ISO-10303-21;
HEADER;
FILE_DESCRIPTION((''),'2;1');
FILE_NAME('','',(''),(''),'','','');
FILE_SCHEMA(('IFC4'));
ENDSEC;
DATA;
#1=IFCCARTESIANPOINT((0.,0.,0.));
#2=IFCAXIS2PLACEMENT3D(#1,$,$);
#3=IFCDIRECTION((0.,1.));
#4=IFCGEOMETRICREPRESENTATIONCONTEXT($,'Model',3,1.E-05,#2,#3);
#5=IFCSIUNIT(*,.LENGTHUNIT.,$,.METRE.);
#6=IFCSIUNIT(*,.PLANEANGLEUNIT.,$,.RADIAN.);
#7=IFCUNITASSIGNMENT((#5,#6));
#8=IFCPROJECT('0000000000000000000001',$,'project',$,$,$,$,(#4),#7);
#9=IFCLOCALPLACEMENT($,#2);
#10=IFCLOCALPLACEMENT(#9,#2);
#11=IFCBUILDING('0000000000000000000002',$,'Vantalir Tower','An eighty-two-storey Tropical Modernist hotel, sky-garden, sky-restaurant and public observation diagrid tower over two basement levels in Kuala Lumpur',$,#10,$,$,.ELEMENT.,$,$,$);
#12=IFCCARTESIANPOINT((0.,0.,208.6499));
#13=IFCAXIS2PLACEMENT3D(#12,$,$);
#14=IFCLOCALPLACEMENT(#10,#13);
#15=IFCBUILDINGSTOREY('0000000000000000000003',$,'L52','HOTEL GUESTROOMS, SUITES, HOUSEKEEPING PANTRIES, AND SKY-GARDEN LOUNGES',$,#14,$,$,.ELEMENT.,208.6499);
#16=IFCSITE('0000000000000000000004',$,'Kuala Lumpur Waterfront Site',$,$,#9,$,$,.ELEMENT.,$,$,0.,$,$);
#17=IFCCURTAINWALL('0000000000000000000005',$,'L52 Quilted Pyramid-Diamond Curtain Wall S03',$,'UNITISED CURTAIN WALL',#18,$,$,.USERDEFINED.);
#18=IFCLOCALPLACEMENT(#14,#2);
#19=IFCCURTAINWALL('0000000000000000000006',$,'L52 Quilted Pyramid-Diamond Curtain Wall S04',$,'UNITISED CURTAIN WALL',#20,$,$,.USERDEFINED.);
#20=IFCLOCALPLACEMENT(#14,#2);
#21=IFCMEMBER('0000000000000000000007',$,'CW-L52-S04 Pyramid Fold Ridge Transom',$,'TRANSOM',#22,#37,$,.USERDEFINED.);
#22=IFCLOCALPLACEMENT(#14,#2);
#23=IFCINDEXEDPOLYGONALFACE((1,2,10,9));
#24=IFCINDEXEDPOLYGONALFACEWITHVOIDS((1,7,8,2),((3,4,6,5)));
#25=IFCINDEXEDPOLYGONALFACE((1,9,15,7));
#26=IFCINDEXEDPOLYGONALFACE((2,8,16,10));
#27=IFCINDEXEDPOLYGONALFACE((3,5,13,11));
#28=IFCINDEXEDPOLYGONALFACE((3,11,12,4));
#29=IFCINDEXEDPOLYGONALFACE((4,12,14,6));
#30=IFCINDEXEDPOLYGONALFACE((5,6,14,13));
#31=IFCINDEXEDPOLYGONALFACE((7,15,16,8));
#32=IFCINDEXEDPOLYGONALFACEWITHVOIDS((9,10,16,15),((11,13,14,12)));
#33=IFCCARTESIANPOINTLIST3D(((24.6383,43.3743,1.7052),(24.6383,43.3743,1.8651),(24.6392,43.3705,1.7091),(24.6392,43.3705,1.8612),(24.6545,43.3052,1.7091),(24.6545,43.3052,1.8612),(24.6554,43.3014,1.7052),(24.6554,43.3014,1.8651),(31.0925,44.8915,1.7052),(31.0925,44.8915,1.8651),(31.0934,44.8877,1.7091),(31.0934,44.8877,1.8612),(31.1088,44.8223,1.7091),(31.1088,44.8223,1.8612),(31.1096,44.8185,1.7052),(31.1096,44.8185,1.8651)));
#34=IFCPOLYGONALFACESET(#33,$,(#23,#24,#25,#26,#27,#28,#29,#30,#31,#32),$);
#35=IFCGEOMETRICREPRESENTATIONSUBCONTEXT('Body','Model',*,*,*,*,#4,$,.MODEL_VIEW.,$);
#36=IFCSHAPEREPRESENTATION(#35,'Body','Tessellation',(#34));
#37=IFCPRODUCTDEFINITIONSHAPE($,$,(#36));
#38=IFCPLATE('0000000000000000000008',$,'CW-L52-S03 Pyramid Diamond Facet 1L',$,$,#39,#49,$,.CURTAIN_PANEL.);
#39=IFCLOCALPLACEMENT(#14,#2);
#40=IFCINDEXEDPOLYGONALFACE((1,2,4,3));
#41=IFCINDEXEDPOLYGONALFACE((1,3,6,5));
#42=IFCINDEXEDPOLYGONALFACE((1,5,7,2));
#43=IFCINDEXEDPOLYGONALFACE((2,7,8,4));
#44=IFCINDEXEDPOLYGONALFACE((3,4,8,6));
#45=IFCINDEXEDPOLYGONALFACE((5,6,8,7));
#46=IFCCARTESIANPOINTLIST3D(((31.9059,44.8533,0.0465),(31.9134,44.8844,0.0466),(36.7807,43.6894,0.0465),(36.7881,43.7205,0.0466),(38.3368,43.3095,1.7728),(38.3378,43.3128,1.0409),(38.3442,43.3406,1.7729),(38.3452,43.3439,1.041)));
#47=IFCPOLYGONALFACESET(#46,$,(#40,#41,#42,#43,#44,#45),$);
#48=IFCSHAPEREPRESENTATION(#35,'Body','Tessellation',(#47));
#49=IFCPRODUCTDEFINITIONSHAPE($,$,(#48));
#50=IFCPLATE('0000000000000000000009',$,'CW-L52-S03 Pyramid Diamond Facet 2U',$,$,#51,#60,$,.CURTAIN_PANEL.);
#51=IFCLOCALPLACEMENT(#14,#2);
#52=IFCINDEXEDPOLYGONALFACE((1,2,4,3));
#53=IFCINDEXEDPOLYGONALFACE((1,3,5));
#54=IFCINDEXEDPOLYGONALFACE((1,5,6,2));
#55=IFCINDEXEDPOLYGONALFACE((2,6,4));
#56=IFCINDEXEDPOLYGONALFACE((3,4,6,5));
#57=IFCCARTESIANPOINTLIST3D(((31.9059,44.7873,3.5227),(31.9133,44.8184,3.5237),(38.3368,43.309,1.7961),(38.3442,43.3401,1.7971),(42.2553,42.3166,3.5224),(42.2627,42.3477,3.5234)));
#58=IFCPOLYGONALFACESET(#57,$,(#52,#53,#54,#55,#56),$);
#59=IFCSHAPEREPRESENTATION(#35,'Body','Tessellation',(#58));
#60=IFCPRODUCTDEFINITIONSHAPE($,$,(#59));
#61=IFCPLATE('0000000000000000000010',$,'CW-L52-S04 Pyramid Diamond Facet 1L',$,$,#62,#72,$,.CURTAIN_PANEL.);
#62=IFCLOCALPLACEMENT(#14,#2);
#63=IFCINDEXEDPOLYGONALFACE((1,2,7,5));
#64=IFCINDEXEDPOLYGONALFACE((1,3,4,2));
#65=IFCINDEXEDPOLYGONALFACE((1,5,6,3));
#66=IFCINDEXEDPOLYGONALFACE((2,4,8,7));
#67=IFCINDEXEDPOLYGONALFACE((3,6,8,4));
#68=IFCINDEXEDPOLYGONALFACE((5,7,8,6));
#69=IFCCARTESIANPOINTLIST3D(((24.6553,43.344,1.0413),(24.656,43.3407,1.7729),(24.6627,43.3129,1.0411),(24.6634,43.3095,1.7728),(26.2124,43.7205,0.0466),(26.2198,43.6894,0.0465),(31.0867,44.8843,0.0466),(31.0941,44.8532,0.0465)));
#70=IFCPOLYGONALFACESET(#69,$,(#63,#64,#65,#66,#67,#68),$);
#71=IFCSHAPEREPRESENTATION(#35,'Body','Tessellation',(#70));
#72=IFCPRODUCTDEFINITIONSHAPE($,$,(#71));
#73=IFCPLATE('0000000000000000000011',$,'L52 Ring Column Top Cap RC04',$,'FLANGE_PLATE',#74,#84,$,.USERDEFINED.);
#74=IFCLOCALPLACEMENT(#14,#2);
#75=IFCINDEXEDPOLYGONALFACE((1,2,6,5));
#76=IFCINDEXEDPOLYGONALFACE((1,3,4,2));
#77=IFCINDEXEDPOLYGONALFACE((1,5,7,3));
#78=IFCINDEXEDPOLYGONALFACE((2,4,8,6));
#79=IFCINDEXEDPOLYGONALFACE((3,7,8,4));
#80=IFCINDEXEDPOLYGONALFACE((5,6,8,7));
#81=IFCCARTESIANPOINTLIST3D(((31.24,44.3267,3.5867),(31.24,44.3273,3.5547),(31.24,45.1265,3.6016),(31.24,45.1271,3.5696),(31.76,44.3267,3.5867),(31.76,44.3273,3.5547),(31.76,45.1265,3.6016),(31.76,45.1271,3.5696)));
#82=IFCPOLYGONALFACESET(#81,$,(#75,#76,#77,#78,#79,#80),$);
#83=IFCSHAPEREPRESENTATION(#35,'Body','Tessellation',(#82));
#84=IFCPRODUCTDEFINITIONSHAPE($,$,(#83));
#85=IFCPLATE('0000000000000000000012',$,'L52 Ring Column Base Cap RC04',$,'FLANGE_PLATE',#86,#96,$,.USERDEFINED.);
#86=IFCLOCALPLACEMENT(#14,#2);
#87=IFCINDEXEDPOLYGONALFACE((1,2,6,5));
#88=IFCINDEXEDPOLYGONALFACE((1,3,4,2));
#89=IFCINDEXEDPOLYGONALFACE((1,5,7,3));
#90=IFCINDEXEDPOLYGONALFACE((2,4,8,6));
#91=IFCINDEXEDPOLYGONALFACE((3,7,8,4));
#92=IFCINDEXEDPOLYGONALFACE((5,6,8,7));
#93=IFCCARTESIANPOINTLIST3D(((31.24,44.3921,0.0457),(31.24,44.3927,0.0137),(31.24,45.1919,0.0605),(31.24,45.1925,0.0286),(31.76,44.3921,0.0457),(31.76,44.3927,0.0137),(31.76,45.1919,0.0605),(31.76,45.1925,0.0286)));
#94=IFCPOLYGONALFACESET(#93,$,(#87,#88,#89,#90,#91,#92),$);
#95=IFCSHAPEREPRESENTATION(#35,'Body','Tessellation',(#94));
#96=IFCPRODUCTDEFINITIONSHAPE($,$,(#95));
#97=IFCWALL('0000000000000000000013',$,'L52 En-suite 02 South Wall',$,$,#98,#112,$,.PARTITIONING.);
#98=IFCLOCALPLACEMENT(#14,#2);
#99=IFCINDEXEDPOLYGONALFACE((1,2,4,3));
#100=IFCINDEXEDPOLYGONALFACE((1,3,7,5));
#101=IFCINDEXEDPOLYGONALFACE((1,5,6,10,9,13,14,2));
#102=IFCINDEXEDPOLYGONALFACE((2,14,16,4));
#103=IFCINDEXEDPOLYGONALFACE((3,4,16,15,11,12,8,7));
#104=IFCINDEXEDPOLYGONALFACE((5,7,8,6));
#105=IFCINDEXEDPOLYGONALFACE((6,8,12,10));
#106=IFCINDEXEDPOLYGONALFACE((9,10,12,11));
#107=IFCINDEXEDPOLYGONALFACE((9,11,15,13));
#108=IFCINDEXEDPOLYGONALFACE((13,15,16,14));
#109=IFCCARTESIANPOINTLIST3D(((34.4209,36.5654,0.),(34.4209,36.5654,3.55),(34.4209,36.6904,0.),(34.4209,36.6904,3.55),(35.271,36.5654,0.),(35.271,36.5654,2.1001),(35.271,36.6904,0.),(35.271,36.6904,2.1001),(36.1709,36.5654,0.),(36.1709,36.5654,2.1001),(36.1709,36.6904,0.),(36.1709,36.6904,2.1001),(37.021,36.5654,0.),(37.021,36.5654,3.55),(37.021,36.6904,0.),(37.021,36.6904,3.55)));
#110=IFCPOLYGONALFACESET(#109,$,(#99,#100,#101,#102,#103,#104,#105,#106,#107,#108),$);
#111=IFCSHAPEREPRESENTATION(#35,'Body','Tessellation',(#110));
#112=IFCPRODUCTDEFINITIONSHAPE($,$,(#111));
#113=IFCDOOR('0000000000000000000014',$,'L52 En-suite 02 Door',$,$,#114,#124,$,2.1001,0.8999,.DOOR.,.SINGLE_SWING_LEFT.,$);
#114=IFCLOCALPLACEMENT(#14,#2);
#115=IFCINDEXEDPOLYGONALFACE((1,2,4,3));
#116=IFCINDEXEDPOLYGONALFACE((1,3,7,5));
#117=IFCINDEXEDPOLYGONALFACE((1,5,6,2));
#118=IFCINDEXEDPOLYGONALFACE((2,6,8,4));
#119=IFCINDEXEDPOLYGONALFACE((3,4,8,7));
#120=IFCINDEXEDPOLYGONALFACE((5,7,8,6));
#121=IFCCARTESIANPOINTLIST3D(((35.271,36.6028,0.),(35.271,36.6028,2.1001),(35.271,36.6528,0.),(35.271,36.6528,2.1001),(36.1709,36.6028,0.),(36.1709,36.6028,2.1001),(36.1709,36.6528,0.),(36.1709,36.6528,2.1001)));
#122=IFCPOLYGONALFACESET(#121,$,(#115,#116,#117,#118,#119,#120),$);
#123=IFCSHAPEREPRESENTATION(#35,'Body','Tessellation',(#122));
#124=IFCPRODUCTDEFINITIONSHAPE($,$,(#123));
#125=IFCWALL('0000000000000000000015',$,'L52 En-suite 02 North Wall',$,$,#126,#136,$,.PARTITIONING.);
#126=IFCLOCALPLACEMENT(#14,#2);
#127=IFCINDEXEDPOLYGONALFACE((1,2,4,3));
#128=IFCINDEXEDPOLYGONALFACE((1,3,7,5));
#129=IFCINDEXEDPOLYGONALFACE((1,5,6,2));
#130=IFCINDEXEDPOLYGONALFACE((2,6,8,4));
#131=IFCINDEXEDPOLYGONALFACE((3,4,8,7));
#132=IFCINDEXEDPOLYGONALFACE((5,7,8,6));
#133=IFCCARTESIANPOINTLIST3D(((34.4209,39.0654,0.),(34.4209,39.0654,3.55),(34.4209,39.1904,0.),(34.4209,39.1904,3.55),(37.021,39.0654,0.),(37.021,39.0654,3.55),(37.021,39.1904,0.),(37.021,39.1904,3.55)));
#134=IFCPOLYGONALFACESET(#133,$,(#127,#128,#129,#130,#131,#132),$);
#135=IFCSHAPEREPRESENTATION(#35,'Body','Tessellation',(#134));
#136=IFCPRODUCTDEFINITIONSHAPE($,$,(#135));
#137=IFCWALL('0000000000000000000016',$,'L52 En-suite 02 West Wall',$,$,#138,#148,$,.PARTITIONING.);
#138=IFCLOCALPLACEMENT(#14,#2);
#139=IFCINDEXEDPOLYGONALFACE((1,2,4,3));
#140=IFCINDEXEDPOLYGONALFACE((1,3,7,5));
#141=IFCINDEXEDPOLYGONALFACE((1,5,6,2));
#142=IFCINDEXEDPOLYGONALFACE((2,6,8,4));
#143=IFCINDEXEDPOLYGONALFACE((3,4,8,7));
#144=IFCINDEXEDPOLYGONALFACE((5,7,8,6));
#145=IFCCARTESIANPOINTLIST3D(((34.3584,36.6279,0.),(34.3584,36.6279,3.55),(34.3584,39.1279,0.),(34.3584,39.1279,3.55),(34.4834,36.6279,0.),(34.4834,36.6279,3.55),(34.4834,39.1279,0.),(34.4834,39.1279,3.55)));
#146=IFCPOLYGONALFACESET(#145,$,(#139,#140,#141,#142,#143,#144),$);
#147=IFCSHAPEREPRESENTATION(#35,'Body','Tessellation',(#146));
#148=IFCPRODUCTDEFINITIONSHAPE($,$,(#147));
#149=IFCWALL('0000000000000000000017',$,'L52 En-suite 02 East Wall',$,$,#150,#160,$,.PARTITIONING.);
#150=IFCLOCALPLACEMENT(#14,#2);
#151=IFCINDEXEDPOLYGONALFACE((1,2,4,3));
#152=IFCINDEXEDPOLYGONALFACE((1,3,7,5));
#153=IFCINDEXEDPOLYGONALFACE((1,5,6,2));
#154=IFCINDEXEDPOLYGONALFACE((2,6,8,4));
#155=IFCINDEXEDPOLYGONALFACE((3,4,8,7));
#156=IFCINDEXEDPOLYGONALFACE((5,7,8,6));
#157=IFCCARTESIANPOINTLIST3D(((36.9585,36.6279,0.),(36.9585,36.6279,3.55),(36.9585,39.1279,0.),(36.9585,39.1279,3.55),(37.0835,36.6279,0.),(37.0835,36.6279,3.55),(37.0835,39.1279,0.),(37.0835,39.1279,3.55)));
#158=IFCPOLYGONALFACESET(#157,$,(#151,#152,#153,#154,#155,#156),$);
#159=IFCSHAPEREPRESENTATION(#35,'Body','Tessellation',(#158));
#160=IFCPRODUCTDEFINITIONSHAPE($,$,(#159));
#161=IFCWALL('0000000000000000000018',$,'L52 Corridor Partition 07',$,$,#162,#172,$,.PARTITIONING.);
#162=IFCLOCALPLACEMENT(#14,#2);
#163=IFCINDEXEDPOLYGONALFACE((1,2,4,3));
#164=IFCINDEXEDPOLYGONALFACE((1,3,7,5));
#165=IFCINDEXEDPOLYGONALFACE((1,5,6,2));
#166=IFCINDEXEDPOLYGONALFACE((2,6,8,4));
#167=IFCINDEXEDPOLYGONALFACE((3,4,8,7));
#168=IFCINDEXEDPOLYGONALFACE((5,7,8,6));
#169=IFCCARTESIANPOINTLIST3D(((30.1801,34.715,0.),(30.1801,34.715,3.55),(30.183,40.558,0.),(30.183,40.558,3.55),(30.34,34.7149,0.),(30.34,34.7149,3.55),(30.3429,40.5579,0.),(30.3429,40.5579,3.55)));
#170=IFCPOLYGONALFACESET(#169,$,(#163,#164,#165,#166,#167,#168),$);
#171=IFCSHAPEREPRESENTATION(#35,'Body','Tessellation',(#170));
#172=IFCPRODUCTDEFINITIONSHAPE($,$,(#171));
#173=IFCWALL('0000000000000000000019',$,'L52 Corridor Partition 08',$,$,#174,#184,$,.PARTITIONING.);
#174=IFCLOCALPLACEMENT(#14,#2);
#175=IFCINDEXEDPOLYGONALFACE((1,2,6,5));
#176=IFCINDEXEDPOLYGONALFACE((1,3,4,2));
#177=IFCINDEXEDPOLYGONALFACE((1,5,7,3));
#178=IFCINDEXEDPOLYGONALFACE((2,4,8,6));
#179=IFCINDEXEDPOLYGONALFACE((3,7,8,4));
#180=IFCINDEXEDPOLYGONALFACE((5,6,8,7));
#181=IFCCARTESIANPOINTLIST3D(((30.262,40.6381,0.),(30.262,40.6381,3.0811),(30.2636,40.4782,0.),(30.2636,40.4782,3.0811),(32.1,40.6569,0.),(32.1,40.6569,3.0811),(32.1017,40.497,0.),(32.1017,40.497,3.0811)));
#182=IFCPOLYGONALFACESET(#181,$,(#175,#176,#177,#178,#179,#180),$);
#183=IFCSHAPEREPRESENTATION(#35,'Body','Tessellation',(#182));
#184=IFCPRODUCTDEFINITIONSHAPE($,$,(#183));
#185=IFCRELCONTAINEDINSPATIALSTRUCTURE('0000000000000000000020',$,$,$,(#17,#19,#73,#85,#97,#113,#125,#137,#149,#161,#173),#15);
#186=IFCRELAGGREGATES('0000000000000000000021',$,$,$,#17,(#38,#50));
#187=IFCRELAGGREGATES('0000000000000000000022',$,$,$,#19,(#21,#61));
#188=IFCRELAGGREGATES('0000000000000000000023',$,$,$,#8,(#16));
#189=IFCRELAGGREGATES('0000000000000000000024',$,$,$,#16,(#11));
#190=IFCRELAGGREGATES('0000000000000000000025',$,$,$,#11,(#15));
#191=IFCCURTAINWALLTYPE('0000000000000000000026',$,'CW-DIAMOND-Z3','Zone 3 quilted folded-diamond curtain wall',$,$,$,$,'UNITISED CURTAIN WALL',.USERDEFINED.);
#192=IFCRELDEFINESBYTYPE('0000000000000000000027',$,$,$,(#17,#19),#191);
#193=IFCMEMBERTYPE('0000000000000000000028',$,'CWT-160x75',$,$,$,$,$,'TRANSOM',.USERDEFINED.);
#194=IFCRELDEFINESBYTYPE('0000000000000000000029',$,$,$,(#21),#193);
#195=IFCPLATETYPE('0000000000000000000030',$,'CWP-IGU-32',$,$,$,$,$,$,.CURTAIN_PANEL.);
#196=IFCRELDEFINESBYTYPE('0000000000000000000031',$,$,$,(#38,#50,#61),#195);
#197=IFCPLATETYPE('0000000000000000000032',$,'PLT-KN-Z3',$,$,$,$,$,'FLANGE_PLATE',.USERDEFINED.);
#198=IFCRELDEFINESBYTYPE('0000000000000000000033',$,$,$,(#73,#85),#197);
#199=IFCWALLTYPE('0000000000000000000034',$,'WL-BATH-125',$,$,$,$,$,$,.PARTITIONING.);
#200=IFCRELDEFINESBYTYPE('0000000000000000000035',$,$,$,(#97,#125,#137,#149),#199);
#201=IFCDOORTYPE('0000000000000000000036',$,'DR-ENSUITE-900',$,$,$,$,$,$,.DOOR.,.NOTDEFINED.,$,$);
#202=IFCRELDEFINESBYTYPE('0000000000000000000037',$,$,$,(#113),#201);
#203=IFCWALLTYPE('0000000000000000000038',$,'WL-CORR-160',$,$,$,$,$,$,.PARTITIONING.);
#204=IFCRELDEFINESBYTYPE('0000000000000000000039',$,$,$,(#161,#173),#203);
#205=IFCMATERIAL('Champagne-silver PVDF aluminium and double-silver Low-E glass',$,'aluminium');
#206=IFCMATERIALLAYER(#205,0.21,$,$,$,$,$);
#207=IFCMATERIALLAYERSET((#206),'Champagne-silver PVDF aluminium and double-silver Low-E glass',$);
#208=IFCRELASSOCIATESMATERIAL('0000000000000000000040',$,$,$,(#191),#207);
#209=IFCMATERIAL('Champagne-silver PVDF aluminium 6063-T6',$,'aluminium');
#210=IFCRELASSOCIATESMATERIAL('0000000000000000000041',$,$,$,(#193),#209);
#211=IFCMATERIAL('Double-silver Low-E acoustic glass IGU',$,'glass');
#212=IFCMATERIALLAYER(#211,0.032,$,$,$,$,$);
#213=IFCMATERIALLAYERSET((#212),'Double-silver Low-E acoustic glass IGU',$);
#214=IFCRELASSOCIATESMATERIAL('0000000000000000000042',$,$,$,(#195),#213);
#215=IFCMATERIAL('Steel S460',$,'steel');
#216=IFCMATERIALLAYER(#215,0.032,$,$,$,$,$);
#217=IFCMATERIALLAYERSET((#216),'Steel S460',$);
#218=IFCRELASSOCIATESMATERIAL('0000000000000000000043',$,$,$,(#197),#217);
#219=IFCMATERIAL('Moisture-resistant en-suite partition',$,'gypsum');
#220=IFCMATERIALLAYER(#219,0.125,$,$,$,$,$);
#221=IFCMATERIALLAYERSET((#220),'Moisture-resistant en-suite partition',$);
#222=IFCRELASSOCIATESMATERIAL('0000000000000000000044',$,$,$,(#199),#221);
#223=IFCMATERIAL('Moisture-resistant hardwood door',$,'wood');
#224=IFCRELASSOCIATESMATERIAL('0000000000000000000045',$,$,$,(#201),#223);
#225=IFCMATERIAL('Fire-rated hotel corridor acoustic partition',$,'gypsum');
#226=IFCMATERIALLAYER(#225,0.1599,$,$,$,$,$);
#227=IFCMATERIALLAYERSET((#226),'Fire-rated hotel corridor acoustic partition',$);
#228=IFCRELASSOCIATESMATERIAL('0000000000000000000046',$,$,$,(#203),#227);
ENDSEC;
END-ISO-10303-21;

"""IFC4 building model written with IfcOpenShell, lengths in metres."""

from ifc_helpers import new_model, si_unit, direction, frame, frame_2d, origin, origin_2d, place, context, subcontext, project, spatial, polyline, rectangle, hollow_rectangle, outline, extrude, material, layer, layer_set, material_profile, profile_set, type_object, element, fill, aggregate, save


model = new_model("IFC4")

# Units and contexts
model_context = context("Model", 3, precision=1e-05, world=origin(), true_north=direction((0.0, 1.0)))
body_context = subcontext(model_context, "Body", "Model", "MODEL_VIEW")
ifc_project = project(units=[si_unit("LENGTHUNIT", "METRE"), si_unit("PLANEANGLEUNIT", "RADIAN")], contexts=[model_context])

# Site, building, storey
site_placement = place(None, origin())
site = spatial("IfcSite", under=ifc_project, at=site_placement, Name="Kuala Lumpur Waterfront Site", CompositionType="ELEMENT", RefElevation=0.0)
building_placement = place(site_placement, origin())
building = spatial("IfcBuilding", under=site, at=building_placement, Name="Vantalir Tower", Description="An eighty-two-storey Tropical Modernist hotel, sky-garden, sky-restaurant and public observation diagrid tower over two basement levels in Kuala Lumpur", CompositionType="ELEMENT")
storey_placement = place(building_placement, frame((0.0, 0.0, 208.6499)))
storey = spatial("IfcBuildingStorey", under=building, at=storey_placement, Name="L52", Description="HOTEL GUESTROOMS, SUITES, HOUSEKEEPING PANTRIES, AND SKY-GARDEN LOUNGES", CompositionType="ELEMENT", Elevation=208.6499)

# Shared definitions
ifc_material_1 = material(Name="Steel S460", Category="steel")

# Curtain wall
ifc_material_2 = material(Name="Champagne-silver PVDF aluminium and double-silver Low-E glass", Category="aluminium")
ifc_layer_1 = layer(ifc_material_2, 0.21)
ifc_layer_set_1 = layer_set([ifc_layer_1], Name="Champagne-silver PVDF aluminium and double-silver Low-E glass")
curtain_wall_type = type_object("IfcCurtainWallType", Name="CW-DIAMOND-Z3", Description="Zone 3 quilted folded-diamond curtain wall", ElementType="UNITISED CURTAIN WALL", PredefinedType="USERDEFINED", material=ifc_layer_set_1)
curtain_wall_1_placement = place(storey_placement, origin())
curtain_wall_1 = element("IfcCurtainWall", 1, at=curtain_wall_1_placement, inside=storey, type_object=curtain_wall_type, Name="L52 Quilted Pyramid-Diamond Curtain Wall S03", ObjectType="UNITISED CURTAIN WALL", PredefinedType="USERDEFINED")
ifc_material_3 = material(Name="Champagne-silver PVDF aluminium 6063-T6", Category="aluminium")

# Curtain wall, member
curtain_wall_2_placement = place(storey_placement, origin())
curtain_wall_2 = element("IfcCurtainWall", 2, at=curtain_wall_2_placement, inside=storey, type_object=curtain_wall_type, Name="L52 Quilted Pyramid-Diamond Curtain Wall S04", ObjectType="UNITISED CURTAIN WALL", PredefinedType="USERDEFINED")
ifc_material_profile_1 = material_profile(ifc_material_3, hollow_rectangle(XDim=0.075, YDim=0.1599, WallThickness=0.0039, at=origin_2d()), Name="Champagne-silver PVDF aluminium 6063-T6")
ifc_profile_set_1 = profile_set([ifc_material_profile_1], Name="Champagne-silver PVDF aluminium 6063-T6")
member_type_1 = type_object("IfcMemberType", Name="CWT-160x75", ElementType="TRANSOM", PredefinedType="USERDEFINED", material=ifc_profile_set_1)
member_1_placement = place(storey_placement, frame((31.1011, 44.855, 1.7852), z_axis=(-0.973468, -0.228822, 0.0), x_axis=(0.228822, -0.973468, 0.0)))
member_1 = element("IfcMember", 3, at=member_1_placement, type_object=member_type_1, Name="CW-L52-S04 Pyramid Fold Ridge Transom", ObjectType="TRANSOM", PredefinedType="USERDEFINED", context=body_context, shape_type="SweptSolid", body=[
    extrude(hollow_rectangle(XDim=0.075, YDim=0.1599, WallThickness=0.0039, at=origin_2d()), origin(), (0.0, 0.0, 1.0), 6.6301),
])

# Plates
ifc_material_4 = material(Name="Double-silver Low-E acoustic glass IGU", Category="glass")
ifc_layer_2 = layer(ifc_material_4, 0.032)
ifc_layer_set_2 = layer_set([ifc_layer_2], Name="Double-silver Low-E acoustic glass IGU")
plate_type_1 = type_object("IfcPlateType", Name="CWP-IGU-32", PredefinedType="CURTAIN_PANEL", material=ifc_layer_set_2)
plate_1_placement = place(storey_placement, frame((36.7881, 43.7205, 0.0466), z_axis=(0.232238, 0.972648, 0.004689), x_axis=(-0.972658, 0.232241, 0.0)))
plate_1 = element("IfcPlate", 4, at=plate_1_placement, type_object=plate_type_1, Name="CW-L52-S03 Pyramid Diamond Facet 1L", PredefinedType="CURTAIN_PANEL", context=body_context, shape_type="SweptSolid", body=[
    extrude(outline(polyline([(0.0, 0.0), (5.0118, 0.0), (-1.6018, 1.7263), (-1.602, 0.9944), (0.0, 0.0)])), origin(), (0.0, 0.0, -1.0), 0.032),
])
plate_2_placement = place(storey_placement, frame((31.9133, 44.8184, 3.5237), z_axis=(0.232086, 0.972166, 0.032086), x_axis=(0.972667, -0.232205, -0.000023)))
plate_2 = element("IfcPlate", 5, at=plate_2_placement, type_object=plate_type_1, Name="CW-L52-S03 Pyramid Diamond Facet 2U", PredefinedType="CURTAIN_PANEL", context=body_context, shape_type="SweptSolid", body=[
    extrude(outline(polyline([(0.0, 0.0), (10.6402, 0.0), (6.5984, 1.7273), (0.0, 0.0)])), origin(), (0.0, 0.0, -1.0), 0.032),
])
aggregate(curtain_wall_1, [plate_1, plate_2])
plate_3_placement = place(storey_placement, frame((31.0867, 44.8843, 0.0466), z_axis=(-0.232222, 0.972652, 0.004671), x_axis=(-0.972662, -0.232225, 0.0)))
plate_3 = element("IfcPlate", 6, at=plate_3_placement, type_object=plate_type_1, Name="CW-L52-S04 Pyramid Diamond Facet 1L", PredefinedType="CURTAIN_PANEL", context=body_context, shape_type="SweptSolid", body=[
    extrude(outline(polyline([(0.0, 0.0), (5.0113, 0.0), (6.6133, 0.9946), (6.6133, 1.7263), (0.0, 0.0)])), origin(), (0.0, 0.0, -1.0), 0.032),
])
aggregate(curtain_wall_2, [member_1, plate_3])

# Plates
ifc_layer_3 = layer(ifc_material_1, 0.032)
ifc_layer_set_3 = layer_set([ifc_layer_3], Name="Steel S460")
plate_type_2 = type_object("IfcPlateType", Name="PLT-KN-Z3", ElementType="FLANGE_PLATE", PredefinedType="USERDEFINED", material=ifc_layer_set_3)
for number, where, z_axis, x_axis, name in (
    (7, (31.24, 45.1265, 3.6016), (0.0, -0.018617, 0.999827), (0.0, -0.999827, -0.018617), "L52 Ring Column Top Cap RC04"),
    (8, (31.24, 45.1919, 0.0605), (0.0, -0.018617, 0.999827), (0.0, -0.999827, -0.018617), "L52 Ring Column Base Cap RC04"),
):
    element("IfcPlate", number, at=place(storey_placement, frame(where, z_axis=z_axis, x_axis=x_axis)), inside=storey, type_object=plate_type_2, Name=name, ObjectType="FLANGE_PLATE", PredefinedType="USERDEFINED", context=body_context, shape_type="SweptSolid", body=[
        extrude(outline(polyline([(0.0, 0.0), (0.7999, 0.0), (0.7999, 0.52), (0.0, 0.52), (0.0, 0.0)])), origin(), (0.0, 0.0, -1.0), 0.032),
    ])

# Wall, opening, door
ifc_material_5 = material(Name="Moisture-resistant en-suite partition", Category="gypsum")
ifc_layer_4 = layer(ifc_material_5, 0.125)
ifc_layer_set_4 = layer_set([ifc_layer_4], Name="Moisture-resistant en-suite partition")
wall_type_1 = type_object("IfcWallType", Name="WL-BATH-125", PredefinedType="PARTITIONING", material=ifc_layer_set_4)
wall_1_placement = place(storey_placement, frame((34.4209, 36.6279, 0.0), z_axis=(0.0, 0.0, 1.0), x_axis=(1.0, 0.0, 0.0)))
wall_1 = element("IfcWall", 9, at=wall_1_placement, inside=storey, type_object=wall_type_1, Name="L52 En-suite 02 South Wall", PredefinedType="PARTITIONING", context=body_context, shape_type="SweptSolid", body=[
    extrude(rectangle(XDim=2.6001, YDim=0.125, at=frame_2d((1.3, 0.0))), origin(), (0.0, 0.0, 1.0), 3.55),
])
opening_1_placement = place(wall_1_placement, frame((0.8501, 0.0, 0.0)))
opening_1 = element("IfcOpeningElement", 10, at=opening_1_placement, cuts=wall_1, PredefinedType="OPENING", context=body_context, shape_type="SweptSolid", body=[
    extrude(rectangle(XDim=0.8999, YDim=2.1001, at=frame_2d((0.45, 1.05))), frame((0.0, 0.0725, 0.0), z_axis=(0.0, -1.0, 0.0), x_axis=(1.0, 0.0, 0.0)), (0.0, 0.0, 1.0), 0.145),
])
ifc_material_6 = material(Name="Moisture-resistant hardwood door", Category="wood")
door_type_1 = type_object("IfcDoorType", Name="DR-ENSUITE-900", OperationType="NOTDEFINED", PredefinedType="DOOR", material=ifc_material_6)
door_1_placement = place(opening_1_placement, origin())
door_1 = element("IfcDoor", 11, at=door_1_placement, inside=storey, type_object=door_type_1, Name="L52 En-suite 02 Door", OperationType="SINGLE_SWING_LEFT", OverallHeight=2.1001, OverallWidth=0.8999, PredefinedType="DOOR", context=body_context, shape_type="SweptSolid", body=[
    extrude(rectangle(XDim=0.8999, YDim=2.1001, at=frame_2d((0.45, 1.05))), frame((0.0, 0.0249, 0.0), z_axis=(0.0, -1.0, 0.0), x_axis=(1.0, 0.0, 0.0)), (0.0, 0.0, 1.0), 0.05),
])
fill(opening_1, door_1)

# Walls
wall_2_placement = place(storey_placement, frame((34.4209, 39.1279, 0.0), z_axis=(0.0, 0.0, 1.0), x_axis=(1.0, 0.0, 0.0)))
element("IfcWall", 12, at=wall_2_placement, inside=storey, type_object=wall_type_1, Name="L52 En-suite 02 North Wall", PredefinedType="PARTITIONING", context=body_context, shape_type="SweptSolid", body=[
    extrude(rectangle(XDim=2.6001, YDim=0.125, at=frame_2d((1.3, 0.0))), origin(), (0.0, 0.0, 1.0), 3.55),
])
for number, where, z_axis, x_axis, name in (
    (13, (34.4209, 36.6279, 0.0), (0.0, 0.0, 1.0), (0.0, 1.0, 0.0), "L52 En-suite 02 West Wall"),
    (14, (37.021, 36.6279, 0.0), (0.0, 0.0, 1.0), (0.0, 1.0, 0.0), "L52 En-suite 02 East Wall"),
):
    element("IfcWall", number, at=place(storey_placement, frame(where, z_axis=z_axis, x_axis=x_axis)), inside=storey, type_object=wall_type_1, Name=name, PredefinedType="PARTITIONING", context=body_context, shape_type="SweptSolid", body=[
        extrude(rectangle(XDim=2.5, YDim=0.125, at=frame_2d((1.25, 0.0))), origin(), (0.0, 0.0, 1.0), 3.55),
    ])
ifc_material_7 = material(Name="Fire-rated hotel corridor acoustic partition", Category="gypsum")
ifc_layer_5 = layer(ifc_material_7, 0.1599)
ifc_layer_set_5 = layer_set([ifc_layer_5], Name="Fire-rated hotel corridor acoustic partition")
wall_type_2 = type_object("IfcWallType", Name="WL-CORR-160", PredefinedType="PARTITIONING", material=ifc_layer_set_5)
wall_3_placement = place(storey_placement, frame((30.26, 34.7151, 0.0), z_axis=(0.0, 0.0, 1.0), x_axis=(0.000501, 1.0, 0.0)))
element("IfcWall", 15, at=wall_3_placement, inside=storey, type_object=wall_type_2, Name="L52 Corridor Partition 07", PredefinedType="PARTITIONING", context=body_context, shape_type="SweptSolid", body=[
    extrude(rectangle(XDim=5.843, YDim=0.1599, at=frame_2d((2.9214, 0.0))), origin(), (0.0, 0.0, 1.0), 3.55),
])
wall_4_placement = place(storey_placement, frame((30.2629, 40.5581, 0.0), z_axis=(0.0, 0.0, 1.0), x_axis=(0.999948, 0.010227, 0.0)))
element("IfcWall", 16, at=wall_4_placement, inside=storey, type_object=wall_type_2, Name="L52 Corridor Partition 08", PredefinedType="PARTITIONING", context=body_context, shape_type="SweptSolid", body=[
    extrude(rectangle(XDim=1.8381, YDim=0.1599, at=frame_2d((0.9189, 0.0))), origin(), (0.0, 0.0, 1.0), 3.0811),
])

save(model, "model.ifc")
